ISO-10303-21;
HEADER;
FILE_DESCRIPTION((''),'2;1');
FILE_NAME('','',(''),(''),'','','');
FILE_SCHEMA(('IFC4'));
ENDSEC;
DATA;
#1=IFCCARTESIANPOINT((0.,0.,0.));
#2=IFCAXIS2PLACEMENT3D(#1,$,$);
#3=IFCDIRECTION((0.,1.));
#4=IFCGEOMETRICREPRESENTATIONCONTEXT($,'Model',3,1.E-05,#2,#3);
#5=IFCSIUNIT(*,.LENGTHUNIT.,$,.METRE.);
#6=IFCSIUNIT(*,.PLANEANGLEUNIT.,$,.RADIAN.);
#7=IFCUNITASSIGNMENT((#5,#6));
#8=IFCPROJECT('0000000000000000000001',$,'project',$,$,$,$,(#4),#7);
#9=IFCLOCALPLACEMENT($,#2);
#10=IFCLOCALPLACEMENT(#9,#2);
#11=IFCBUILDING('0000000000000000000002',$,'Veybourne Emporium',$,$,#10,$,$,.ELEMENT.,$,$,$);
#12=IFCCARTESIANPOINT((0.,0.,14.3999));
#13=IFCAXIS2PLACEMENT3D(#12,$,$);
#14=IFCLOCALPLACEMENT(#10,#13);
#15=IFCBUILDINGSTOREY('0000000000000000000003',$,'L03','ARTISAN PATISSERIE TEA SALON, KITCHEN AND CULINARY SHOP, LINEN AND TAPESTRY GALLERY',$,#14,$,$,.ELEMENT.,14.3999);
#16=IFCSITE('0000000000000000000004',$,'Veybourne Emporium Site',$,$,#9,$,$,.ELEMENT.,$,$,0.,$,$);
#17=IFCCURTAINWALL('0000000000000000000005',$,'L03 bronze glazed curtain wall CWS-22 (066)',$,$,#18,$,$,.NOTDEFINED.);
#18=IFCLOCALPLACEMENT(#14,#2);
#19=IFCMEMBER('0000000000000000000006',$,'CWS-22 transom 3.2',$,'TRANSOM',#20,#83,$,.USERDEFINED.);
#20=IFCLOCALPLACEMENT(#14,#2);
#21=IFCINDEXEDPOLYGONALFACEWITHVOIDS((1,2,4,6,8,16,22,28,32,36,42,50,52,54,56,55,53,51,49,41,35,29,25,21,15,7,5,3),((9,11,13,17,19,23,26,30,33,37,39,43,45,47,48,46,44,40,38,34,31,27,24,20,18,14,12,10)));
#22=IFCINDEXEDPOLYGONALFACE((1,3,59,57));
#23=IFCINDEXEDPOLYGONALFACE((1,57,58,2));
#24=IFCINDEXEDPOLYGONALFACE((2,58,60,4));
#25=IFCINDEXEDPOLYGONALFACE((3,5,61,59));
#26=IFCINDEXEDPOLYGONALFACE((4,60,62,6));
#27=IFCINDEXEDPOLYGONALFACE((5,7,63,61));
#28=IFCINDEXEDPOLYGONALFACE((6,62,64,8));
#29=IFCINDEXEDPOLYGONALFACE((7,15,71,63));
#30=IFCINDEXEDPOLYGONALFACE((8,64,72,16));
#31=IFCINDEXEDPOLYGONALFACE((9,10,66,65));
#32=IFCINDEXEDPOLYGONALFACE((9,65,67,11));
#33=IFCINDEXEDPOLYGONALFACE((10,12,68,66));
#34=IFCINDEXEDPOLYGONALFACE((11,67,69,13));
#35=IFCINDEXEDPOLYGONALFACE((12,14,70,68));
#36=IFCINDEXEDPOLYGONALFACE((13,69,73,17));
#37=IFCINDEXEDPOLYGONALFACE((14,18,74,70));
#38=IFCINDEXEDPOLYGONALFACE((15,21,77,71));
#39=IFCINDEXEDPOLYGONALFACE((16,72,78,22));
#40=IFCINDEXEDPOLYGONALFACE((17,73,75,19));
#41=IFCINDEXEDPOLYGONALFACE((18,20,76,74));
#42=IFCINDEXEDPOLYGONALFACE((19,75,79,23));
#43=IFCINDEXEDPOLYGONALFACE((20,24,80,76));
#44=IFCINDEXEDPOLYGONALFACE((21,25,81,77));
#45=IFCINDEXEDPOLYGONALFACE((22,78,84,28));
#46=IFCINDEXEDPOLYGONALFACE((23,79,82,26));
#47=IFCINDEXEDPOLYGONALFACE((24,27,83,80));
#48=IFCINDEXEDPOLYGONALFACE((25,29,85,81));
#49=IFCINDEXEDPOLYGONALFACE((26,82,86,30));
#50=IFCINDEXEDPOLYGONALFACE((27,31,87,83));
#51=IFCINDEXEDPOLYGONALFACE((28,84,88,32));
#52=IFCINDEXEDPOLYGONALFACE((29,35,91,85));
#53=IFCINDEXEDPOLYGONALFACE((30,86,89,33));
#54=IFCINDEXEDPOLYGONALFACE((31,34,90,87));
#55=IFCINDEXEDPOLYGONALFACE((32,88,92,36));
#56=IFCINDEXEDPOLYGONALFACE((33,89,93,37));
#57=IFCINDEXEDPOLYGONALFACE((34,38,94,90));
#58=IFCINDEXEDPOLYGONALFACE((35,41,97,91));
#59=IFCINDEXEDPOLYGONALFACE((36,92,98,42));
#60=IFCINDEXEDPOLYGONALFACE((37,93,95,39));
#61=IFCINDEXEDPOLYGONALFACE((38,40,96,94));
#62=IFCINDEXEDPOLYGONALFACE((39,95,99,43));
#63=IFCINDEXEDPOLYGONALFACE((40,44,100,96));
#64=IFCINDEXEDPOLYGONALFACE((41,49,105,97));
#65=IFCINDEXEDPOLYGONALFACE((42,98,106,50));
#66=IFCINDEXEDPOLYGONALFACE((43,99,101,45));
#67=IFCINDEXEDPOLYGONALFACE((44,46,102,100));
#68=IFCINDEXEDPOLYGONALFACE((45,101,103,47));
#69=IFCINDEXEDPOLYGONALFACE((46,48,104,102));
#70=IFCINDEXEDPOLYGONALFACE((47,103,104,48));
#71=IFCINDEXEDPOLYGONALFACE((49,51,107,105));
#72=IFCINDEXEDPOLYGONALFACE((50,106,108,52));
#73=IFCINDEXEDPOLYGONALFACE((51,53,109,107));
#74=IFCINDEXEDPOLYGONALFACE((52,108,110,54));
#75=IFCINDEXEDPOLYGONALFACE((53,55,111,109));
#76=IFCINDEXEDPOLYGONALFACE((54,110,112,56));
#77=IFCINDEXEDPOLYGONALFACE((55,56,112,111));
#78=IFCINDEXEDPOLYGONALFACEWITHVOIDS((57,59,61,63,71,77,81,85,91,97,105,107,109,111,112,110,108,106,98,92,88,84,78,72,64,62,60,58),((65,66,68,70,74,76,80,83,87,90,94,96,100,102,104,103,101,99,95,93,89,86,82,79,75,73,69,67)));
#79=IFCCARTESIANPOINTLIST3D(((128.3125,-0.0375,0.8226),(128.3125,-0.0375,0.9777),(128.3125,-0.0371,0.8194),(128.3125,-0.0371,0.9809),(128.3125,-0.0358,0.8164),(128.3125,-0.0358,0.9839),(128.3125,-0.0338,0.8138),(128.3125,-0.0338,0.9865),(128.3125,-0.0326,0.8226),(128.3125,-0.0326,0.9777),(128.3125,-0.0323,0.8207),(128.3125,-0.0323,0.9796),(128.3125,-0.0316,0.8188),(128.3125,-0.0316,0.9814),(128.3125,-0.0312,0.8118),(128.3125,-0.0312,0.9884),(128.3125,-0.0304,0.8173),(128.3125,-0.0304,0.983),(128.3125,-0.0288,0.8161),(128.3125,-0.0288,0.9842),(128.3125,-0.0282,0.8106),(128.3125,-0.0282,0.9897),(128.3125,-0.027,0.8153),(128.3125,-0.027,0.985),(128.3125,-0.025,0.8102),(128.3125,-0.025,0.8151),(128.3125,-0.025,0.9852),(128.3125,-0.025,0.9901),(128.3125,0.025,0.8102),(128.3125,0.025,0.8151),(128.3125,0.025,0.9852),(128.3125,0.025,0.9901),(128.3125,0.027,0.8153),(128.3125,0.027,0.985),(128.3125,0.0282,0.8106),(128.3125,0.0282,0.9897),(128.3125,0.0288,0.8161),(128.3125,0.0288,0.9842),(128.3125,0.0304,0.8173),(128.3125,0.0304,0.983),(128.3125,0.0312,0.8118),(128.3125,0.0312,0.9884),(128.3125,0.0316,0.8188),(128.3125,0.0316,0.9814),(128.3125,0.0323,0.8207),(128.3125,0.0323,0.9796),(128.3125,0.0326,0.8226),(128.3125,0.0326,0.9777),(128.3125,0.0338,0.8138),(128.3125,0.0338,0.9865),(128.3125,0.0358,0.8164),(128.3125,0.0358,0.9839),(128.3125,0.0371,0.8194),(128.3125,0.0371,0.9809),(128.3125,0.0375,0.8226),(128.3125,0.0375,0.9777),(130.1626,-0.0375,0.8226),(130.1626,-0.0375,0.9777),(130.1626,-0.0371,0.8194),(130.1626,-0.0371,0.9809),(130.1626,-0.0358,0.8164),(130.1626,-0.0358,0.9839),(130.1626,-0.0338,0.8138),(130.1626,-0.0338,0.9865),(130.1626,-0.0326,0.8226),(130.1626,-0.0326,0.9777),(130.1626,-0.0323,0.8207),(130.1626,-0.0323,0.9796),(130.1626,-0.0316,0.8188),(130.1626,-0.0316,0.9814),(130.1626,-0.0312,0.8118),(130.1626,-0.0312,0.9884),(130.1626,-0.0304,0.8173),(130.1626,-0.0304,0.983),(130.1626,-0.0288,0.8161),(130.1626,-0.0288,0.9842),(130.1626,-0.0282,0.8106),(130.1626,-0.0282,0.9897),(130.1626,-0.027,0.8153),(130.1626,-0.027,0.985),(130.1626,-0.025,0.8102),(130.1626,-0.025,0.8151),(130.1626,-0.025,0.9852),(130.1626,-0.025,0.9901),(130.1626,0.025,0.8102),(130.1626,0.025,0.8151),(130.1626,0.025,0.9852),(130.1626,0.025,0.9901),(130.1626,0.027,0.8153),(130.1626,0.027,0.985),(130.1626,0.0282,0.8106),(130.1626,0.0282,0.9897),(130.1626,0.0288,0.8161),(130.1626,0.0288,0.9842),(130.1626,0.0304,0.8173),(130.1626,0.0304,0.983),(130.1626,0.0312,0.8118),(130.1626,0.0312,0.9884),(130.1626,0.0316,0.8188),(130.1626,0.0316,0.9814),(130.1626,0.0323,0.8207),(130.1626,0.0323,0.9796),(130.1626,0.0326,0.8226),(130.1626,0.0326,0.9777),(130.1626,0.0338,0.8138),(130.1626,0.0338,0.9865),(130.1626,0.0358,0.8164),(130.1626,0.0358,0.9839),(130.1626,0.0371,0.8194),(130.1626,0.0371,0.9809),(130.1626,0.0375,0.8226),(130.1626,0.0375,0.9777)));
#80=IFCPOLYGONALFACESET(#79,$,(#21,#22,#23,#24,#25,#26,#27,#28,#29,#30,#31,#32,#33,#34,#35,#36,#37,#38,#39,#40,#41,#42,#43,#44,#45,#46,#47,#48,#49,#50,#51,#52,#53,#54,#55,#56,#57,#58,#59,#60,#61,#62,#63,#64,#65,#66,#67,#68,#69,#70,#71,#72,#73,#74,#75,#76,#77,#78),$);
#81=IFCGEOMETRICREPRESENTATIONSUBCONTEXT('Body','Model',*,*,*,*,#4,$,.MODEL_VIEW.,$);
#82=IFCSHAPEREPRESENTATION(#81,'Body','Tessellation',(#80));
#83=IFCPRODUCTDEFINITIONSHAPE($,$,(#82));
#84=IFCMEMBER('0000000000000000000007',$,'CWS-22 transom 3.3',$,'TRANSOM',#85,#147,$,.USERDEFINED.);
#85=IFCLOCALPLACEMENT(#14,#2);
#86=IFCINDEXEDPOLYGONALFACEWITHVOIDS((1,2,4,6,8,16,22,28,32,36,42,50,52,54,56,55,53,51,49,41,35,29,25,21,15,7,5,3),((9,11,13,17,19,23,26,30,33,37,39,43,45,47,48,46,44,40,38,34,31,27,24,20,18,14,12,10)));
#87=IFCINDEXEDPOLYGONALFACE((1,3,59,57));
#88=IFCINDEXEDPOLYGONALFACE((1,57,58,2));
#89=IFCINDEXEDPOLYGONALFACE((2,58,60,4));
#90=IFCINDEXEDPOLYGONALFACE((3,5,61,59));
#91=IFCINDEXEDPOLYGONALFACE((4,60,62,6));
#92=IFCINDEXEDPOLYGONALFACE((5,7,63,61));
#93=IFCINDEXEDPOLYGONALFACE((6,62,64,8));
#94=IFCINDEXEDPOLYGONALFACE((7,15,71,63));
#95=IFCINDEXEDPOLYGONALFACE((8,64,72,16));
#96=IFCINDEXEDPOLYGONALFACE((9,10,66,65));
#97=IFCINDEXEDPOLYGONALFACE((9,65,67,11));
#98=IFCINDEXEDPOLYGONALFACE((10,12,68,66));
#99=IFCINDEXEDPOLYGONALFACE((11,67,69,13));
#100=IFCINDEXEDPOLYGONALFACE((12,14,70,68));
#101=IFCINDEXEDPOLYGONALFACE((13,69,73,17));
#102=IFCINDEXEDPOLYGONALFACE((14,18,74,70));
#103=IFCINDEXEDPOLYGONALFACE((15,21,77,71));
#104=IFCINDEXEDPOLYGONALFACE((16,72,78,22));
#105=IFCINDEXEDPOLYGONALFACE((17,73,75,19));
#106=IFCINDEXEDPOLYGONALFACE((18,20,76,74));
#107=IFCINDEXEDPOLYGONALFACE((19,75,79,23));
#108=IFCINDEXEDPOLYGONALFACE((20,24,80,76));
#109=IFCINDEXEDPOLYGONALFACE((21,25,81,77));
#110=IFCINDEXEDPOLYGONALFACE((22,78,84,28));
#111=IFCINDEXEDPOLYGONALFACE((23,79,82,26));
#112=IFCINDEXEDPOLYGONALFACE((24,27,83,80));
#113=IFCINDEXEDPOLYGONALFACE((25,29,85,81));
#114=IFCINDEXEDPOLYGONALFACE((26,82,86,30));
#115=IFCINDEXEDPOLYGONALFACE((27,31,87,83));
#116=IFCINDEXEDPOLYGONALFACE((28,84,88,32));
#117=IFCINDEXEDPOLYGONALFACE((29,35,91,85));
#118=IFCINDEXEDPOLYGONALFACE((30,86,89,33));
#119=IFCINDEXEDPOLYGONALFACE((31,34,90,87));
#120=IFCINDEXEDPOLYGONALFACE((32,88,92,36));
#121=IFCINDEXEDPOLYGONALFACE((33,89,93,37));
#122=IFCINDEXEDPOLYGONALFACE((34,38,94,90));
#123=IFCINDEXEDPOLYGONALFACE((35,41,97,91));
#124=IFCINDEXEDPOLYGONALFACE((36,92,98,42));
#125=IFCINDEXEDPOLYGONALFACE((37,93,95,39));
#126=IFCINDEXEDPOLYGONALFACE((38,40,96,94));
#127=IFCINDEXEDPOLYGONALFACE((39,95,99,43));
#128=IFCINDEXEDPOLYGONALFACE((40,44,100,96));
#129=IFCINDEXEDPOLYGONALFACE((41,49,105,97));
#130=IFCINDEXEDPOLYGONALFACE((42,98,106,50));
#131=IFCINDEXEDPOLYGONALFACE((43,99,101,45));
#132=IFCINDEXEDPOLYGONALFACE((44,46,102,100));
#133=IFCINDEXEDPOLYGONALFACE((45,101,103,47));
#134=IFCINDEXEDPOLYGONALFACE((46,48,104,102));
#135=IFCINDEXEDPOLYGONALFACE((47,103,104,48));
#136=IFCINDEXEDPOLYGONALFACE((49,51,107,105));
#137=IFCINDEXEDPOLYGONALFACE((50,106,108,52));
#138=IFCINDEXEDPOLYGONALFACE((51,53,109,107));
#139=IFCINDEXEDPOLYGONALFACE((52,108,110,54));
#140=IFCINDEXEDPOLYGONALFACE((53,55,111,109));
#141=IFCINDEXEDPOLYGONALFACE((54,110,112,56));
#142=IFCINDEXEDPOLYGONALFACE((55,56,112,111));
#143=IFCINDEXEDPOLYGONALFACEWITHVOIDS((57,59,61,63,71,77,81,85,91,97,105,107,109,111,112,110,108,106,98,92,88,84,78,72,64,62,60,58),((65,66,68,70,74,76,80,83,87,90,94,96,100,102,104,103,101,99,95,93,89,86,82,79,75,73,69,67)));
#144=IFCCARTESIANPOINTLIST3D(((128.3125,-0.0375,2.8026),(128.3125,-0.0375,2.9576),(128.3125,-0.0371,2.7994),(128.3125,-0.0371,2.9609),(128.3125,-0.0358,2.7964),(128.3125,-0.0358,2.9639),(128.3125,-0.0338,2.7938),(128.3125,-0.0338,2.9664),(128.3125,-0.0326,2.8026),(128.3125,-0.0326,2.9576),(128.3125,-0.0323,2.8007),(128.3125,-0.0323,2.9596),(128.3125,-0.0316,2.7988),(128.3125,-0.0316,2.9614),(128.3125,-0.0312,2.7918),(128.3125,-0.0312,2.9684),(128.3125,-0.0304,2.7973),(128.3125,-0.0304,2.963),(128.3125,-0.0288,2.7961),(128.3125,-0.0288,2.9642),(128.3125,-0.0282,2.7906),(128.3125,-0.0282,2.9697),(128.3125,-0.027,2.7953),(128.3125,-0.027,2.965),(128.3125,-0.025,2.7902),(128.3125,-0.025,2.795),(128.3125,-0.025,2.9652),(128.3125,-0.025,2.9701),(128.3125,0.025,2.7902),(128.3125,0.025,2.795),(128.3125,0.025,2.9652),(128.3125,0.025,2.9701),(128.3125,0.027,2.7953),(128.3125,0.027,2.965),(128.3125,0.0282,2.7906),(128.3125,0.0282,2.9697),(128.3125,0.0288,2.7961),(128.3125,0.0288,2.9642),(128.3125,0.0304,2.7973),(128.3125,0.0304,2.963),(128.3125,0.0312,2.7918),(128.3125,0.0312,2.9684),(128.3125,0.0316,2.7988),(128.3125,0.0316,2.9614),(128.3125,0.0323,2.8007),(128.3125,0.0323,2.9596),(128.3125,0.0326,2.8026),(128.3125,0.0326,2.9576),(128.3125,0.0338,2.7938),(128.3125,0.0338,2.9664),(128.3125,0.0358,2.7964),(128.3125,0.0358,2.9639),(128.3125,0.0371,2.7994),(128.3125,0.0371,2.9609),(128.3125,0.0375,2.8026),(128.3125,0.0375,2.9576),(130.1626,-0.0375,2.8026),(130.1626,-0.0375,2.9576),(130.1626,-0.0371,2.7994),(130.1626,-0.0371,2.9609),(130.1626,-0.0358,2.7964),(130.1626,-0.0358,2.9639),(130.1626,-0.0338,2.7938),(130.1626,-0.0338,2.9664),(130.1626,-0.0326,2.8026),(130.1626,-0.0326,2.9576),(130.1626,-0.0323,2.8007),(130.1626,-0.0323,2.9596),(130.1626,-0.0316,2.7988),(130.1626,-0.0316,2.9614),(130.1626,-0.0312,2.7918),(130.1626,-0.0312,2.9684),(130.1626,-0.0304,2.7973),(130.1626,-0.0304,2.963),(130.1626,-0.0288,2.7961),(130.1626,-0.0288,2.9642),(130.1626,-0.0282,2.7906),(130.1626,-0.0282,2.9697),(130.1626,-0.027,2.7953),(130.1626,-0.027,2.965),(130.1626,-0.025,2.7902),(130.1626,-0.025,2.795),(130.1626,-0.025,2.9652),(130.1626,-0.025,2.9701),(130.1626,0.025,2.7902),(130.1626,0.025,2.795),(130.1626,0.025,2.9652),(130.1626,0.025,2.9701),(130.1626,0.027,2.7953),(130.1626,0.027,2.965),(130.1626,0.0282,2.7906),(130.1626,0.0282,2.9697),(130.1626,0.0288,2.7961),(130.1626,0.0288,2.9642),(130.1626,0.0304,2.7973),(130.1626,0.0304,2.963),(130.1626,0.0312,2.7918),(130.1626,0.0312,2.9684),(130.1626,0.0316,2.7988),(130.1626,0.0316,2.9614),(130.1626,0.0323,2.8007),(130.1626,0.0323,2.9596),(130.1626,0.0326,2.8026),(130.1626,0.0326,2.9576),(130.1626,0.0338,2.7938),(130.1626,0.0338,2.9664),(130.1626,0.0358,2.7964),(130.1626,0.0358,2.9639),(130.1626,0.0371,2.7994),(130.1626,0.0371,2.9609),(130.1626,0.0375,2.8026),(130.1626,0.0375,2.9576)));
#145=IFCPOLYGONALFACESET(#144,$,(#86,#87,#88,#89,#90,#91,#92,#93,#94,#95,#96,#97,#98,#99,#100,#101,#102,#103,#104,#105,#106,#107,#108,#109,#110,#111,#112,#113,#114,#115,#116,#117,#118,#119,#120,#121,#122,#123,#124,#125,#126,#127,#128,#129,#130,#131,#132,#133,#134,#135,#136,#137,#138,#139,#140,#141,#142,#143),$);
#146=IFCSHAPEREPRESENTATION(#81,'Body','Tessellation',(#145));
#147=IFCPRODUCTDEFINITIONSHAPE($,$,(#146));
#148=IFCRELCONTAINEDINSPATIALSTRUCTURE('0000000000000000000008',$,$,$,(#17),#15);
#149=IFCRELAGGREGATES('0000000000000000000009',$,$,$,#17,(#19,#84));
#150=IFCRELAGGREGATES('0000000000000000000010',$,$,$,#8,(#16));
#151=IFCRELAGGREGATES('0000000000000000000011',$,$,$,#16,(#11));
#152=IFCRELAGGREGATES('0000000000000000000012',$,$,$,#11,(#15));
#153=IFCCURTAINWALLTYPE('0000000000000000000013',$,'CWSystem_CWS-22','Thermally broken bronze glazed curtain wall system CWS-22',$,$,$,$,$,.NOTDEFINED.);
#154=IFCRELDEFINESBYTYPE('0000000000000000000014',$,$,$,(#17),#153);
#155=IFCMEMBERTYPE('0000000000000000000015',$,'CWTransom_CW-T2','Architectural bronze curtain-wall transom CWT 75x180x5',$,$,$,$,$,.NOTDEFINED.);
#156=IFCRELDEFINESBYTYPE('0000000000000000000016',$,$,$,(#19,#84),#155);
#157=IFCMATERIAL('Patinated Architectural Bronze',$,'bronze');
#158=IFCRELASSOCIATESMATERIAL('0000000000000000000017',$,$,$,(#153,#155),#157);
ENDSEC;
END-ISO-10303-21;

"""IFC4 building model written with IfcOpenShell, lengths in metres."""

from ifc_helpers import new_model, si_unit, direction, frame, origin, origin_2d, place, context, subcontext, project, spatial, hollow_rectangle, extrude, material, material_profile, profile_set, type_object, element, aggregate, save


model = new_model("IFC4")

# Units and contexts
model_context = context("Model", 3, precision=1e-05, world=origin(), true_north=direction((0.0, 1.0)))
body_context = subcontext(model_context, "Body", "Model", "MODEL_VIEW")
ifc_project = project(units=[si_unit("LENGTHUNIT", "METRE"), si_unit("PLANEANGLEUNIT", "RADIAN")], contexts=[model_context])

# Site, building, storey
site_placement = place(None, origin())
site = spatial("IfcSite", under=ifc_project, at=site_placement, Name="Veybourne Emporium Site", CompositionType="ELEMENT", RefElevation=0.0)
building_placement = place(site_placement, origin())
building = spatial("IfcBuilding", under=site, at=building_placement, Name="Veybourne Emporium", CompositionType="ELEMENT")
storey_placement = place(building_placement, frame((0.0, 0.0, 14.3999)))
storey = spatial("IfcBuildingStorey", under=building, at=storey_placement, Name="L03", Description="ARTISAN PATISSERIE TEA SALON, KITCHEN AND CULINARY SHOP, LINEN AND TAPESTRY GALLERY", CompositionType="ELEMENT", Elevation=14.3999)

# Curtain wall, members
ifc_material_1 = material(Name="Patinated Architectural Bronze", Category="bronze")
curtain_wall_type = type_object("IfcCurtainWallType", Name="CWSystem_CWS-22", Description="Thermally broken bronze glazed curtain wall system CWS-22", PredefinedType="NOTDEFINED", material=ifc_material_1)
curtain_wall_placement = place(storey_placement, origin())
curtain_wall = element("IfcCurtainWall", 1, at=curtain_wall_placement, inside=storey, type_object=curtain_wall_type, Name="L03 bronze glazed curtain wall CWS-22 (066)", PredefinedType="NOTDEFINED")
ifc_material_profile_1 = material_profile(ifc_material_1, hollow_rectangle(XDim=0.075, YDim=0.1799, WallThickness=0.0049, InnerFilletRadius=0.0076, OuterFilletRadius=0.0125, at=origin_2d()), Name="CWT 75x180x5")
ifc_profile_set_1 = profile_set([ifc_material_profile_1], Name="Patinated Architectural Bronze")
member_type_1 = type_object("IfcMemberType", Name="CWTransom_CW-T2", Description="Architectural bronze curtain-wall transom CWT 75x180x5", PredefinedType="NOTDEFINED", material=ifc_profile_set_1)
member_1_placement = place(storey_placement, frame((130.1626, 0.0, 0.9001), z_axis=(-1.0, 0.0, 0.0), x_axis=(0.0, -1.0, 0.0)))
member_1 = element("IfcMember", 2, at=member_1_placement, type_object=member_type_1, Name="CWS-22 transom 3.2", ObjectType="TRANSOM", PredefinedType="USERDEFINED", context=body_context, shape_type="SweptSolid", body=[
    extrude(hollow_rectangle(XDim=0.075, YDim=0.1799, WallThickness=0.0049, InnerFilletRadius=0.0076, OuterFilletRadius=0.0125, at=origin_2d()), origin(), (0.0, 0.0, 1.0), 1.8501),
])
member_2_placement = place(storey_placement, frame((130.1626, 0.0, 2.8801), z_axis=(-1.0, 0.0, 0.0), x_axis=(0.0, -1.0, 0.0)))
member_2 = element("IfcMember", 3, at=member_2_placement, type_object=member_type_1, Name="CWS-22 transom 3.3", ObjectType="TRANSOM", PredefinedType="USERDEFINED", context=body_context, shape_type="SweptSolid", body=[
    extrude(hollow_rectangle(XDim=0.075, YDim=0.1799, WallThickness=0.0049, InnerFilletRadius=0.0076, OuterFilletRadius=0.0125, at=origin_2d()), origin(), (0.0, 0.0, 1.0), 1.8501),
])

aggregate(curtain_wall, [member_1, member_2])

save(model, "model.ifc")
